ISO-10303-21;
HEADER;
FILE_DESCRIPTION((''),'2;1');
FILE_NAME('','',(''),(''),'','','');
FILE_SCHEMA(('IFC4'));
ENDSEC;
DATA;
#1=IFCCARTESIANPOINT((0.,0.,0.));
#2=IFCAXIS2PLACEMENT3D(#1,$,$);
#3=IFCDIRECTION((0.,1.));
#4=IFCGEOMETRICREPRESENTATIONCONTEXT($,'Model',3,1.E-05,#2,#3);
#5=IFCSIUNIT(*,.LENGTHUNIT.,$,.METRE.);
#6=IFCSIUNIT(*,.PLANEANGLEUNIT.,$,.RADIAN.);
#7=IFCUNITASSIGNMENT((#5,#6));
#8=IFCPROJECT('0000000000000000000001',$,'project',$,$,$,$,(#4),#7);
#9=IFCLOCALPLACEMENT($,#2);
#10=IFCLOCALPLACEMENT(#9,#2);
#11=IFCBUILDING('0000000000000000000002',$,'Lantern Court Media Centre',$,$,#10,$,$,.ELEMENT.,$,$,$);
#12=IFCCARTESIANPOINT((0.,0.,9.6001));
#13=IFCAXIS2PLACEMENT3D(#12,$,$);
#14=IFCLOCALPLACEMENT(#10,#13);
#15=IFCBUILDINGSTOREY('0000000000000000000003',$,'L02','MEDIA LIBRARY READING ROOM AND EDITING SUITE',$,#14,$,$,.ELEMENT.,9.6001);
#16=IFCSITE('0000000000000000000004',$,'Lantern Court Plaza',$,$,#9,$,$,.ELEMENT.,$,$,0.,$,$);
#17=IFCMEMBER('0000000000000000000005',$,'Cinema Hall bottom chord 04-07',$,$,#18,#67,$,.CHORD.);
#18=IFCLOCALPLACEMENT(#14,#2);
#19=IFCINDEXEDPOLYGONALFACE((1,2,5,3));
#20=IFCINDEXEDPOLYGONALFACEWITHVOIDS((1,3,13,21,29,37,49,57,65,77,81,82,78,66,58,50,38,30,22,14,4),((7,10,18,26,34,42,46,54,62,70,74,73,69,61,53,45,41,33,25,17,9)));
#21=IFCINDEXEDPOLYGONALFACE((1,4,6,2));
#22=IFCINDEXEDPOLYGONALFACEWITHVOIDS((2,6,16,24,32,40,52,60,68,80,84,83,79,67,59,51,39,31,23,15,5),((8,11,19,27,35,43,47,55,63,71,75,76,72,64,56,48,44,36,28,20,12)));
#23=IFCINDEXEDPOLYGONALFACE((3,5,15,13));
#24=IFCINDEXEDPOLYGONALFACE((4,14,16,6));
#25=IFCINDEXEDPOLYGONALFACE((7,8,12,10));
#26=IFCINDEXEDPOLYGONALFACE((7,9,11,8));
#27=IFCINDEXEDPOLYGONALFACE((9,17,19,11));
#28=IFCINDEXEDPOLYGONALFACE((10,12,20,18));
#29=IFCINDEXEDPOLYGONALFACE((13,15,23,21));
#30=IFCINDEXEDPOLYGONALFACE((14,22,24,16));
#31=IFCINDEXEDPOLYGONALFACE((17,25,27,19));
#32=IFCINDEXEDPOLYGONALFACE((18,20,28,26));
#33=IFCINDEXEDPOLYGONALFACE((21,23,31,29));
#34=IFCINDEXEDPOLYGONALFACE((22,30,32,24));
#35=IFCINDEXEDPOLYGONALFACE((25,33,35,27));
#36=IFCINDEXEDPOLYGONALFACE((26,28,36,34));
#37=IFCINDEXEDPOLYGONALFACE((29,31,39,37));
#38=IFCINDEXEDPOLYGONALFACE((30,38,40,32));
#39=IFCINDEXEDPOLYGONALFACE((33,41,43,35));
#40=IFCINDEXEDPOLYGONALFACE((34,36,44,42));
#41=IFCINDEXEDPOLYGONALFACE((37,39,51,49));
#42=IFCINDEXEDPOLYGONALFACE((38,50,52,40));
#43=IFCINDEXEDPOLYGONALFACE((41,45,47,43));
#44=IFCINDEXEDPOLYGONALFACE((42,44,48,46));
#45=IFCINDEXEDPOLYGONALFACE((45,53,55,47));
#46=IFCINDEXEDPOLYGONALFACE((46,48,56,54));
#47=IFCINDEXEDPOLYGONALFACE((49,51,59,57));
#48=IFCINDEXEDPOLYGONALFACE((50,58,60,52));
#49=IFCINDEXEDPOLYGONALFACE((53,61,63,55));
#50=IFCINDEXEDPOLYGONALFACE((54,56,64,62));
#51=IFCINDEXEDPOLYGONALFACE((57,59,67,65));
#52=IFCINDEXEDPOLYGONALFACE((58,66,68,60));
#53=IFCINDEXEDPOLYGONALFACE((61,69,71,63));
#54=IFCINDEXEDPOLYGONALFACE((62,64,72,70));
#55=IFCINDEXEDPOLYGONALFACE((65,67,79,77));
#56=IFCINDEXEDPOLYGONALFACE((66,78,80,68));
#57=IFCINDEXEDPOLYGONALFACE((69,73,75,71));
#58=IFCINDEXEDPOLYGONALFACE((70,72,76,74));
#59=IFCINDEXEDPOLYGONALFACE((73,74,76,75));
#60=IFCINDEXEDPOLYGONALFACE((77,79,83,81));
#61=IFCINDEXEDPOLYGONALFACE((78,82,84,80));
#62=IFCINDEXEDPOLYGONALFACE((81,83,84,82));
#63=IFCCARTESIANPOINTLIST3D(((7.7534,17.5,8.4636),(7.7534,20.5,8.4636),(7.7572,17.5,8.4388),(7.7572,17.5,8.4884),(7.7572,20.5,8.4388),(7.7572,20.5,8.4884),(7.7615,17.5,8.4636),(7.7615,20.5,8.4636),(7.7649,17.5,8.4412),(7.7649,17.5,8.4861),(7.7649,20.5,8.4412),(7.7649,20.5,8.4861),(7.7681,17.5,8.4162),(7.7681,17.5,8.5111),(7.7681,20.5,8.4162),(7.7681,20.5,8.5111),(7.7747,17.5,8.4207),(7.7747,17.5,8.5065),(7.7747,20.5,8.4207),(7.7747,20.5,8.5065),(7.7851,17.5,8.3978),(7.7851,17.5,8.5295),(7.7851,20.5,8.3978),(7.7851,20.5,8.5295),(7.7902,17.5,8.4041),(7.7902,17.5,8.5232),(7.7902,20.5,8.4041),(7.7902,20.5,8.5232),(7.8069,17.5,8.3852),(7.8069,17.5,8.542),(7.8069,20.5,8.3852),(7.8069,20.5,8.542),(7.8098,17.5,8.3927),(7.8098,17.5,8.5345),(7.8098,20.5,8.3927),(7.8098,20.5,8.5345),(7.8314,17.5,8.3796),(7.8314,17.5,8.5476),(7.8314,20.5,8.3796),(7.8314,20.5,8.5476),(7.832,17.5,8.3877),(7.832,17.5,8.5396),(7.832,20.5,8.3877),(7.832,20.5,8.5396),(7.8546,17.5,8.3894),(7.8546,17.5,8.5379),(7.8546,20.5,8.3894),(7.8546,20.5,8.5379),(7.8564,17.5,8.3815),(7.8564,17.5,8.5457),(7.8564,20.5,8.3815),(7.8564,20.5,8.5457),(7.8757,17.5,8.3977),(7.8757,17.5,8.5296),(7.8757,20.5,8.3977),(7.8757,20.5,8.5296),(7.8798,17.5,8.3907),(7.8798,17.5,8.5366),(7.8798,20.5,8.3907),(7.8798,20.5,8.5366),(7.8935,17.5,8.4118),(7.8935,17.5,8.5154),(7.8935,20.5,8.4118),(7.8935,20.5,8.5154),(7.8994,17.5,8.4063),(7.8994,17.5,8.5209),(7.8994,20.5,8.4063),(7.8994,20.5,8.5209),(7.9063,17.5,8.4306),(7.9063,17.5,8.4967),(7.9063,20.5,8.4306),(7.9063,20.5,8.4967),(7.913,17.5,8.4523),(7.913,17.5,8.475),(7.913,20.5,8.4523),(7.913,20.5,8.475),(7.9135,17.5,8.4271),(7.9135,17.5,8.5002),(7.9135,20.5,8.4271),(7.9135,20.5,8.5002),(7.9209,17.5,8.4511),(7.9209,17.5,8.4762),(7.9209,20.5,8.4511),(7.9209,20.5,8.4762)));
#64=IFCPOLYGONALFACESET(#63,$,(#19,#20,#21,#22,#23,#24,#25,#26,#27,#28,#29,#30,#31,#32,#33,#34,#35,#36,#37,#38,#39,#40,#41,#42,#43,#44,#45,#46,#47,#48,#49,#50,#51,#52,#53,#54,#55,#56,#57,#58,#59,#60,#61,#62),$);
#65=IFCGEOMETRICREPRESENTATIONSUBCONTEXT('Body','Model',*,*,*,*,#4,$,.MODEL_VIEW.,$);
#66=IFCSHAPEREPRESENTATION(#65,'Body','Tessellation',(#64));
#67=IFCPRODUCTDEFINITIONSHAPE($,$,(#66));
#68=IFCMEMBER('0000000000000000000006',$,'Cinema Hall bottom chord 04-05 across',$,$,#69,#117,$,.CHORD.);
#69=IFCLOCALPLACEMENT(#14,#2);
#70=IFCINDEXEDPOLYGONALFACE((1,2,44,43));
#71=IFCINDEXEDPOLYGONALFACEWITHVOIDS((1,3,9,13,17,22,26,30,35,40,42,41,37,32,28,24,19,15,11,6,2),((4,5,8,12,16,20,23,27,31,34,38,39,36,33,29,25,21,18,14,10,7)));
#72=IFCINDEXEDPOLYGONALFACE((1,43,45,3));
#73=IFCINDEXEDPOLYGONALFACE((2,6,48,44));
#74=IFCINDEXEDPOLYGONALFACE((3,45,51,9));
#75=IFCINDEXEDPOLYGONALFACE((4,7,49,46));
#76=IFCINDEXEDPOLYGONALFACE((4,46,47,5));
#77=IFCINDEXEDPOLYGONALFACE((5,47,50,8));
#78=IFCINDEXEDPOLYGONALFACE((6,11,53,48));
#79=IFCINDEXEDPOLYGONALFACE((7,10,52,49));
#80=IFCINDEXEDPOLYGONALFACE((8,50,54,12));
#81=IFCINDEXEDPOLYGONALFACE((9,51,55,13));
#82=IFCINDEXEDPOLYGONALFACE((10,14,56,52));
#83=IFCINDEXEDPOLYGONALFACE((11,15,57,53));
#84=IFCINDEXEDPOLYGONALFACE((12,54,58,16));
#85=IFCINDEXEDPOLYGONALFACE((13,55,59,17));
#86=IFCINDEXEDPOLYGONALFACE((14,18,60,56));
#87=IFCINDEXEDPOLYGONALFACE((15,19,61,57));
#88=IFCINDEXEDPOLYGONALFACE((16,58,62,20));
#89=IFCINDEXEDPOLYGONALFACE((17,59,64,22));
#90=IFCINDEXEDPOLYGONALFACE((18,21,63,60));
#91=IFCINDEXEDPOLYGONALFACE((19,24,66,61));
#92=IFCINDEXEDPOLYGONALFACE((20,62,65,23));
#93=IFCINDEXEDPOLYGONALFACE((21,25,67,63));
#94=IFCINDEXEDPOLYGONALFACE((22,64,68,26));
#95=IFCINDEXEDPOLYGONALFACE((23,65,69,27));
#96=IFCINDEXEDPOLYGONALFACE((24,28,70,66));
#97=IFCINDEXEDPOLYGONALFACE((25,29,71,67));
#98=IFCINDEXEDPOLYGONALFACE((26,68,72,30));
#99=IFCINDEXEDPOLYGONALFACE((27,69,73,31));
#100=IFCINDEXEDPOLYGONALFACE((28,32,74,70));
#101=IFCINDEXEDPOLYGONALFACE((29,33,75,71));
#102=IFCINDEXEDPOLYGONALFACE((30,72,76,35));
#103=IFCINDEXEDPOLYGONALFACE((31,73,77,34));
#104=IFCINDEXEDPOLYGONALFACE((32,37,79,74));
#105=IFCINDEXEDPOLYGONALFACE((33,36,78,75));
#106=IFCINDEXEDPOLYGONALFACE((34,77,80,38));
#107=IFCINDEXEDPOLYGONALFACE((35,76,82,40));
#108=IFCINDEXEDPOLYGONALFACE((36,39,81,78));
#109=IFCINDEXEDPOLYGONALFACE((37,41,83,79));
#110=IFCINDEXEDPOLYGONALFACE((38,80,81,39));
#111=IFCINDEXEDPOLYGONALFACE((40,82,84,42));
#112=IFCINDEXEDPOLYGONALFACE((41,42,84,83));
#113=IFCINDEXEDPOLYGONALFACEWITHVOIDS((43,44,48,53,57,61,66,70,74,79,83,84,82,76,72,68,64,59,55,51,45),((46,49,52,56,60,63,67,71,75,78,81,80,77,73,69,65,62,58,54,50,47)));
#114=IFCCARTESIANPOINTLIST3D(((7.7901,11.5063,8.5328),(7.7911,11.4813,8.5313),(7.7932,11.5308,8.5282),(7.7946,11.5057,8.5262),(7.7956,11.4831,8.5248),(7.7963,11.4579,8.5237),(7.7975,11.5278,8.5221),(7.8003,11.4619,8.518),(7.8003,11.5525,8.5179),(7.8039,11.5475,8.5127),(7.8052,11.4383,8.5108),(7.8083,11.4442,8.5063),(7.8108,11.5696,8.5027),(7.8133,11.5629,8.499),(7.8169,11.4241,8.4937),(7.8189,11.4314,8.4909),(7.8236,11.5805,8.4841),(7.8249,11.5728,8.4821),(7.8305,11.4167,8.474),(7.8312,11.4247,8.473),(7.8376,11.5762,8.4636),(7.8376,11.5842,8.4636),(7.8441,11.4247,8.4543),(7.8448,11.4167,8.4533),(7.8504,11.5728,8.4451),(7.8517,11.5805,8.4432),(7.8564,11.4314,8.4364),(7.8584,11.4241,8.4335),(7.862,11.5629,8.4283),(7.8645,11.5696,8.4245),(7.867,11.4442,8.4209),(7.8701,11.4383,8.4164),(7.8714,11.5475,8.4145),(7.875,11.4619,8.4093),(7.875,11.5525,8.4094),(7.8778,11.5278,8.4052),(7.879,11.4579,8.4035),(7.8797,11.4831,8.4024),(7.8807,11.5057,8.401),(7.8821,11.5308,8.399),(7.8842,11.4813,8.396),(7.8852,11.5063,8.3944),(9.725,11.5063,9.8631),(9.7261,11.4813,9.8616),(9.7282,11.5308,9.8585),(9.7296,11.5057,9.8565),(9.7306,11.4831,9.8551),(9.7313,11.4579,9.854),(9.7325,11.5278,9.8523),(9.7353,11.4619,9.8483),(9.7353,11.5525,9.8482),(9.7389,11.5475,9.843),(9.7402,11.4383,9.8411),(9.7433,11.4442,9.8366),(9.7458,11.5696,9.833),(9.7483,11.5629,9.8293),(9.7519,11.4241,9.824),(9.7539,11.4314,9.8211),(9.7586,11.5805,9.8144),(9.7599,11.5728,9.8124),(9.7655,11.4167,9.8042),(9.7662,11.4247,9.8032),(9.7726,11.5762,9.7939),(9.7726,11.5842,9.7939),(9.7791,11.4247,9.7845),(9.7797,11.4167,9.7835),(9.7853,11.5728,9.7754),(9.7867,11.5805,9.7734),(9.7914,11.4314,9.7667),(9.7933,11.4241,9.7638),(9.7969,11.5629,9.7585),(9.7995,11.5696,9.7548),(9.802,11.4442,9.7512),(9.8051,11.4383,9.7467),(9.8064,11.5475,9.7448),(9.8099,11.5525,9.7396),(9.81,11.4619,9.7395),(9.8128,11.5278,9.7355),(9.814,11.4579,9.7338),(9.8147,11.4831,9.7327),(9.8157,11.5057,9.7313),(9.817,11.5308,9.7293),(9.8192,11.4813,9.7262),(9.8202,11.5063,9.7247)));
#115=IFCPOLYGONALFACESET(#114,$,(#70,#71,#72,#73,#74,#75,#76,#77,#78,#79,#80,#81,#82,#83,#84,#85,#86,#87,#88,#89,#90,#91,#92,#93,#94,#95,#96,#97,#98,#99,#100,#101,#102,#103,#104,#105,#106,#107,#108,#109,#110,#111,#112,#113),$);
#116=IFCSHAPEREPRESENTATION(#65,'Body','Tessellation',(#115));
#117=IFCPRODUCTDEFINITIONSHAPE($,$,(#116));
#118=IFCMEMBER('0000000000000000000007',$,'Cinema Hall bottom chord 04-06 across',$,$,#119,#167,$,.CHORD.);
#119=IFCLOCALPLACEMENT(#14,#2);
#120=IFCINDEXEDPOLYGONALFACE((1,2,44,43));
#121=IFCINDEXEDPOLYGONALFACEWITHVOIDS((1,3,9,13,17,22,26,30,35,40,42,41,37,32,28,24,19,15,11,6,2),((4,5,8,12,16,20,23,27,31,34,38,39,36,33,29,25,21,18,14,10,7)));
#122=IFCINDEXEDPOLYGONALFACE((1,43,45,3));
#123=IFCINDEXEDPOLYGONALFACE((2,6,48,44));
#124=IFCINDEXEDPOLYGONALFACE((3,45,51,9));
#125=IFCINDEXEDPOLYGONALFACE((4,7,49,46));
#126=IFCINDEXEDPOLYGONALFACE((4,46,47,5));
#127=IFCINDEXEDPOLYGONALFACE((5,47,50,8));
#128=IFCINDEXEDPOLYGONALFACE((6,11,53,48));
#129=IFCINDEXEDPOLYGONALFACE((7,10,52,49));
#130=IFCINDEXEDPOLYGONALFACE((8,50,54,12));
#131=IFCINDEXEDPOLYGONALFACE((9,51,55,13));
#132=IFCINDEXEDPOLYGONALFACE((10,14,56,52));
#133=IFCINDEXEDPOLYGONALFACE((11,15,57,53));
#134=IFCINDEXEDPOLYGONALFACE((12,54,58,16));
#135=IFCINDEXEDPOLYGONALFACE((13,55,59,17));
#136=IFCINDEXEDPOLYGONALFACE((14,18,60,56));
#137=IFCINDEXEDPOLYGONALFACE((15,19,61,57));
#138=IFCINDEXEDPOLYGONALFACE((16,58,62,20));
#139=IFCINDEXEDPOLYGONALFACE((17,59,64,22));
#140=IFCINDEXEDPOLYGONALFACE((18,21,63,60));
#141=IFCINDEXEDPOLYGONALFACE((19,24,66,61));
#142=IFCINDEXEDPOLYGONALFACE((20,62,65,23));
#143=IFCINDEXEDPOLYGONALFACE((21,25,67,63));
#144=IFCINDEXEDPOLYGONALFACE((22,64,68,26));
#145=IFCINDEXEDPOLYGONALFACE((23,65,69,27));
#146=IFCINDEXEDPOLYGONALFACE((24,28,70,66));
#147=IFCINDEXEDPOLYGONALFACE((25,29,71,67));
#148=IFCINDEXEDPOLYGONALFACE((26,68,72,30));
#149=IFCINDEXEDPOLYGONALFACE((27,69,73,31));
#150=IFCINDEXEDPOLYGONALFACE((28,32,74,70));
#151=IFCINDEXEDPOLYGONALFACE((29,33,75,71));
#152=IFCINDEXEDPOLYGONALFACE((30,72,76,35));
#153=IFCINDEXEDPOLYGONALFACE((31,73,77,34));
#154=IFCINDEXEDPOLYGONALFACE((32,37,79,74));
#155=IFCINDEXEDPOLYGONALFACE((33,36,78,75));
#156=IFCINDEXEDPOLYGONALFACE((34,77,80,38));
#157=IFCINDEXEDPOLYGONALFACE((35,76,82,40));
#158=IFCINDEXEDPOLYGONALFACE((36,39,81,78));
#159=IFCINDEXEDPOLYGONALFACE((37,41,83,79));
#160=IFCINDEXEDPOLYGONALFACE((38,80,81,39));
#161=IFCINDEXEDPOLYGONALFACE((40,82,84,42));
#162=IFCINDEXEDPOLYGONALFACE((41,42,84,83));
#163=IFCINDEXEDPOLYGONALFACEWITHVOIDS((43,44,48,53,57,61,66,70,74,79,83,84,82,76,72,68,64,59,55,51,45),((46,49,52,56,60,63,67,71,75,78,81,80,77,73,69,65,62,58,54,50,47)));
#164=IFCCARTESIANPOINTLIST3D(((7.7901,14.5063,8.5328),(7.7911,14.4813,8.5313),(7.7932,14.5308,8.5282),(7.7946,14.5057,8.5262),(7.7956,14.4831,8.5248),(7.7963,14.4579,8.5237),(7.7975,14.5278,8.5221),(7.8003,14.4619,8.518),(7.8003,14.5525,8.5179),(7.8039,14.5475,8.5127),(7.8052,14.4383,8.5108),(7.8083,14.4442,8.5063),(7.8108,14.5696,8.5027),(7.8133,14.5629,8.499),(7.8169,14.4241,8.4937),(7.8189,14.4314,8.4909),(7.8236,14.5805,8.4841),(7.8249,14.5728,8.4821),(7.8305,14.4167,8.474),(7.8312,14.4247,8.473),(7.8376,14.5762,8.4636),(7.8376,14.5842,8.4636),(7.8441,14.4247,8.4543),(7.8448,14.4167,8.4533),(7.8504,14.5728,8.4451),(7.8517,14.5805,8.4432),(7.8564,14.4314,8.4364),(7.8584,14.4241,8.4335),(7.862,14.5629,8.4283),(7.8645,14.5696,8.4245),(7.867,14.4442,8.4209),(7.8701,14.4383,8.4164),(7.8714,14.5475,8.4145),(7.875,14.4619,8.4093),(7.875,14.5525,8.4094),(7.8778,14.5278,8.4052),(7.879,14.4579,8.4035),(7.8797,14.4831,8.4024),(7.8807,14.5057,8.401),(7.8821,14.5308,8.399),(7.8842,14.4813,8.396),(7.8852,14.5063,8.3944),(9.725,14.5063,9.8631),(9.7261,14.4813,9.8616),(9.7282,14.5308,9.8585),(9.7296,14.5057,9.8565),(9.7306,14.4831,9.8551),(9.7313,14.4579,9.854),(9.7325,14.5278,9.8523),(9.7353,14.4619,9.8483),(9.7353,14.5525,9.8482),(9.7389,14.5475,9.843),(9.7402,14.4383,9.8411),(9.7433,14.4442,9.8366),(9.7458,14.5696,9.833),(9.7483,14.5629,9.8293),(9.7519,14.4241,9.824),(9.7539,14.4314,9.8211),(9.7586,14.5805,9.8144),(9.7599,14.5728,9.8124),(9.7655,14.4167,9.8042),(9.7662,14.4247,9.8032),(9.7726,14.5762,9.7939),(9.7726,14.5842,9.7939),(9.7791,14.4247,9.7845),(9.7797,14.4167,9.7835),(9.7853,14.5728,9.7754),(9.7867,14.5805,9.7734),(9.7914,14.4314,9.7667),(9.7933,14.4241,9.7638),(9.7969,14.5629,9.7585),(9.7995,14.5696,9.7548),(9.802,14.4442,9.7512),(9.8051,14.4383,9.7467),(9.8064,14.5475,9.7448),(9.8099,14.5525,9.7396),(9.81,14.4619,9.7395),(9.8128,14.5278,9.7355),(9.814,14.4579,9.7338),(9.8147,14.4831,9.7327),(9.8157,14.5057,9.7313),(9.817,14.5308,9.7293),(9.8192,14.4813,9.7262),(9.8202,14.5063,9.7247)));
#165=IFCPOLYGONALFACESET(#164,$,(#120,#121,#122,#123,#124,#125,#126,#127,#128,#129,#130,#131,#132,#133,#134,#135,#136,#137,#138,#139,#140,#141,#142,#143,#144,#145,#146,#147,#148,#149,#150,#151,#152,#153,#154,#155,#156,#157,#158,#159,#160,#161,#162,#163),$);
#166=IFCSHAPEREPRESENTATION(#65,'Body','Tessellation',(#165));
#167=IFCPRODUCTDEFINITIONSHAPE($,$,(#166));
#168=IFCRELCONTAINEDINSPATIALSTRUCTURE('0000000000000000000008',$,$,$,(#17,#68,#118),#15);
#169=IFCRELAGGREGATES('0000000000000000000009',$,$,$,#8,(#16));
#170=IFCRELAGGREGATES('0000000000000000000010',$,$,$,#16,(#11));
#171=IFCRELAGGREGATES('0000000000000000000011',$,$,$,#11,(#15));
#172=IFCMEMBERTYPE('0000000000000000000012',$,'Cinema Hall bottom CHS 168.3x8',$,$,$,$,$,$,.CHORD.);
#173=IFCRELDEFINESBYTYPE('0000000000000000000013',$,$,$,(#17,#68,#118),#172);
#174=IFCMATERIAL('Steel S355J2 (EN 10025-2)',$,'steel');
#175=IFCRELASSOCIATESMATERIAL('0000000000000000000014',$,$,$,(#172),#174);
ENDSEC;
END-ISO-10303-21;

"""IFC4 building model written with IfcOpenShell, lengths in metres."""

from ifc_helpers import new_model, si_unit, direction, frame, origin, origin_2d, place, context, subcontext, project, spatial, hollow_circle, extrude, material, material_profile, profile_set, type_object, element, save


model = new_model("IFC4")

# Units and contexts
model_context = context("Model", 3, precision=1e-05, world=origin(), true_north=direction((0.0, 1.0)))
body_context = subcontext(model_context, "Body", "Model", "MODEL_VIEW")
ifc_project = project(units=[si_unit("LENGTHUNIT", "METRE"), si_unit("PLANEANGLEUNIT", "RADIAN")], contexts=[model_context])

# Site, building, storey
site_placement = place(None, origin())
site = spatial("IfcSite", under=ifc_project, at=site_placement, Name="Lantern Court Plaza", CompositionType="ELEMENT", RefElevation=0.0)
building_placement = place(site_placement, origin())
building = spatial("IfcBuilding", under=site, at=building_placement, Name="Lantern Court Media Centre", CompositionType="ELEMENT")
storey_placement = place(building_placement, frame((0.0, 0.0, 9.6001)))
storey = spatial("IfcBuildingStorey", under=building, at=storey_placement, Name="L02", Description="MEDIA LIBRARY READING ROOM AND EDITING SUITE", CompositionType="ELEMENT", Elevation=9.6001)

# Members
ifc_material_1 = material(Name="Steel S355J2 (EN 10025-2)", Category="steel")
ifc_material_profile_1 = material_profile(ifc_material_1, hollow_circle(Radius=0.0842, WallThickness=0.0081, at=origin_2d()), Name="Cinema Hall bottom CHS 168.3x8")
ifc_profile_set_1 = profile_set([ifc_material_profile_1], Name="Steel S355J2 (EN 10025-2)")
member_type_1 = type_object("IfcMemberType", Name="Cinema Hall bottom CHS 168.3x8", PredefinedType="CHORD", material=ifc_profile_set_1)
for number, where, z_axis, x_axis, name in (
    (1, (7.8376, 17.5, 8.4636), (0.0, 1.0, 0.0), (-1.0, 0.0, 0.0), "Cinema Hall bottom chord 04-07"),
):
    element("IfcMember", number, at=place(storey_placement, frame(where, z_axis=z_axis, x_axis=x_axis)), inside=storey, type_object=member_type_1, Name=name, PredefinedType="CHORD", context=body_context, shape_type="SweptSolid", body=[
        extrude(hollow_circle(Radius=0.0842, WallThickness=0.0081, at=origin_2d()), origin(), (0.0, 0.0, 1.0), 3.0),
    ])
for number, where, z_axis, x_axis, name in (
    (2, (7.8376, 11.5, 8.4636), (0.824048, 0.0, 0.56652), (0.0, 1.0, 0.0), "Cinema Hall bottom chord 04-05 across"),
    (3, (7.8376, 14.5, 8.4636), (0.824048, 0.0, 0.56652), (0.0, 1.0, 0.0), "Cinema Hall bottom chord 04-06 across"),
):
    element("IfcMember", number, at=place(storey_placement, frame(where, z_axis=z_axis, x_axis=x_axis)), inside=storey, type_object=member_type_1, Name=name, PredefinedType="CHORD", context=body_context, shape_type="SweptSolid", body=[
        extrude(hollow_circle(Radius=0.0842, WallThickness=0.0081, at=origin_2d()), origin(), (0.0, 0.0, 1.0), 2.3481),
    ])

save(model, "model.ifc")
